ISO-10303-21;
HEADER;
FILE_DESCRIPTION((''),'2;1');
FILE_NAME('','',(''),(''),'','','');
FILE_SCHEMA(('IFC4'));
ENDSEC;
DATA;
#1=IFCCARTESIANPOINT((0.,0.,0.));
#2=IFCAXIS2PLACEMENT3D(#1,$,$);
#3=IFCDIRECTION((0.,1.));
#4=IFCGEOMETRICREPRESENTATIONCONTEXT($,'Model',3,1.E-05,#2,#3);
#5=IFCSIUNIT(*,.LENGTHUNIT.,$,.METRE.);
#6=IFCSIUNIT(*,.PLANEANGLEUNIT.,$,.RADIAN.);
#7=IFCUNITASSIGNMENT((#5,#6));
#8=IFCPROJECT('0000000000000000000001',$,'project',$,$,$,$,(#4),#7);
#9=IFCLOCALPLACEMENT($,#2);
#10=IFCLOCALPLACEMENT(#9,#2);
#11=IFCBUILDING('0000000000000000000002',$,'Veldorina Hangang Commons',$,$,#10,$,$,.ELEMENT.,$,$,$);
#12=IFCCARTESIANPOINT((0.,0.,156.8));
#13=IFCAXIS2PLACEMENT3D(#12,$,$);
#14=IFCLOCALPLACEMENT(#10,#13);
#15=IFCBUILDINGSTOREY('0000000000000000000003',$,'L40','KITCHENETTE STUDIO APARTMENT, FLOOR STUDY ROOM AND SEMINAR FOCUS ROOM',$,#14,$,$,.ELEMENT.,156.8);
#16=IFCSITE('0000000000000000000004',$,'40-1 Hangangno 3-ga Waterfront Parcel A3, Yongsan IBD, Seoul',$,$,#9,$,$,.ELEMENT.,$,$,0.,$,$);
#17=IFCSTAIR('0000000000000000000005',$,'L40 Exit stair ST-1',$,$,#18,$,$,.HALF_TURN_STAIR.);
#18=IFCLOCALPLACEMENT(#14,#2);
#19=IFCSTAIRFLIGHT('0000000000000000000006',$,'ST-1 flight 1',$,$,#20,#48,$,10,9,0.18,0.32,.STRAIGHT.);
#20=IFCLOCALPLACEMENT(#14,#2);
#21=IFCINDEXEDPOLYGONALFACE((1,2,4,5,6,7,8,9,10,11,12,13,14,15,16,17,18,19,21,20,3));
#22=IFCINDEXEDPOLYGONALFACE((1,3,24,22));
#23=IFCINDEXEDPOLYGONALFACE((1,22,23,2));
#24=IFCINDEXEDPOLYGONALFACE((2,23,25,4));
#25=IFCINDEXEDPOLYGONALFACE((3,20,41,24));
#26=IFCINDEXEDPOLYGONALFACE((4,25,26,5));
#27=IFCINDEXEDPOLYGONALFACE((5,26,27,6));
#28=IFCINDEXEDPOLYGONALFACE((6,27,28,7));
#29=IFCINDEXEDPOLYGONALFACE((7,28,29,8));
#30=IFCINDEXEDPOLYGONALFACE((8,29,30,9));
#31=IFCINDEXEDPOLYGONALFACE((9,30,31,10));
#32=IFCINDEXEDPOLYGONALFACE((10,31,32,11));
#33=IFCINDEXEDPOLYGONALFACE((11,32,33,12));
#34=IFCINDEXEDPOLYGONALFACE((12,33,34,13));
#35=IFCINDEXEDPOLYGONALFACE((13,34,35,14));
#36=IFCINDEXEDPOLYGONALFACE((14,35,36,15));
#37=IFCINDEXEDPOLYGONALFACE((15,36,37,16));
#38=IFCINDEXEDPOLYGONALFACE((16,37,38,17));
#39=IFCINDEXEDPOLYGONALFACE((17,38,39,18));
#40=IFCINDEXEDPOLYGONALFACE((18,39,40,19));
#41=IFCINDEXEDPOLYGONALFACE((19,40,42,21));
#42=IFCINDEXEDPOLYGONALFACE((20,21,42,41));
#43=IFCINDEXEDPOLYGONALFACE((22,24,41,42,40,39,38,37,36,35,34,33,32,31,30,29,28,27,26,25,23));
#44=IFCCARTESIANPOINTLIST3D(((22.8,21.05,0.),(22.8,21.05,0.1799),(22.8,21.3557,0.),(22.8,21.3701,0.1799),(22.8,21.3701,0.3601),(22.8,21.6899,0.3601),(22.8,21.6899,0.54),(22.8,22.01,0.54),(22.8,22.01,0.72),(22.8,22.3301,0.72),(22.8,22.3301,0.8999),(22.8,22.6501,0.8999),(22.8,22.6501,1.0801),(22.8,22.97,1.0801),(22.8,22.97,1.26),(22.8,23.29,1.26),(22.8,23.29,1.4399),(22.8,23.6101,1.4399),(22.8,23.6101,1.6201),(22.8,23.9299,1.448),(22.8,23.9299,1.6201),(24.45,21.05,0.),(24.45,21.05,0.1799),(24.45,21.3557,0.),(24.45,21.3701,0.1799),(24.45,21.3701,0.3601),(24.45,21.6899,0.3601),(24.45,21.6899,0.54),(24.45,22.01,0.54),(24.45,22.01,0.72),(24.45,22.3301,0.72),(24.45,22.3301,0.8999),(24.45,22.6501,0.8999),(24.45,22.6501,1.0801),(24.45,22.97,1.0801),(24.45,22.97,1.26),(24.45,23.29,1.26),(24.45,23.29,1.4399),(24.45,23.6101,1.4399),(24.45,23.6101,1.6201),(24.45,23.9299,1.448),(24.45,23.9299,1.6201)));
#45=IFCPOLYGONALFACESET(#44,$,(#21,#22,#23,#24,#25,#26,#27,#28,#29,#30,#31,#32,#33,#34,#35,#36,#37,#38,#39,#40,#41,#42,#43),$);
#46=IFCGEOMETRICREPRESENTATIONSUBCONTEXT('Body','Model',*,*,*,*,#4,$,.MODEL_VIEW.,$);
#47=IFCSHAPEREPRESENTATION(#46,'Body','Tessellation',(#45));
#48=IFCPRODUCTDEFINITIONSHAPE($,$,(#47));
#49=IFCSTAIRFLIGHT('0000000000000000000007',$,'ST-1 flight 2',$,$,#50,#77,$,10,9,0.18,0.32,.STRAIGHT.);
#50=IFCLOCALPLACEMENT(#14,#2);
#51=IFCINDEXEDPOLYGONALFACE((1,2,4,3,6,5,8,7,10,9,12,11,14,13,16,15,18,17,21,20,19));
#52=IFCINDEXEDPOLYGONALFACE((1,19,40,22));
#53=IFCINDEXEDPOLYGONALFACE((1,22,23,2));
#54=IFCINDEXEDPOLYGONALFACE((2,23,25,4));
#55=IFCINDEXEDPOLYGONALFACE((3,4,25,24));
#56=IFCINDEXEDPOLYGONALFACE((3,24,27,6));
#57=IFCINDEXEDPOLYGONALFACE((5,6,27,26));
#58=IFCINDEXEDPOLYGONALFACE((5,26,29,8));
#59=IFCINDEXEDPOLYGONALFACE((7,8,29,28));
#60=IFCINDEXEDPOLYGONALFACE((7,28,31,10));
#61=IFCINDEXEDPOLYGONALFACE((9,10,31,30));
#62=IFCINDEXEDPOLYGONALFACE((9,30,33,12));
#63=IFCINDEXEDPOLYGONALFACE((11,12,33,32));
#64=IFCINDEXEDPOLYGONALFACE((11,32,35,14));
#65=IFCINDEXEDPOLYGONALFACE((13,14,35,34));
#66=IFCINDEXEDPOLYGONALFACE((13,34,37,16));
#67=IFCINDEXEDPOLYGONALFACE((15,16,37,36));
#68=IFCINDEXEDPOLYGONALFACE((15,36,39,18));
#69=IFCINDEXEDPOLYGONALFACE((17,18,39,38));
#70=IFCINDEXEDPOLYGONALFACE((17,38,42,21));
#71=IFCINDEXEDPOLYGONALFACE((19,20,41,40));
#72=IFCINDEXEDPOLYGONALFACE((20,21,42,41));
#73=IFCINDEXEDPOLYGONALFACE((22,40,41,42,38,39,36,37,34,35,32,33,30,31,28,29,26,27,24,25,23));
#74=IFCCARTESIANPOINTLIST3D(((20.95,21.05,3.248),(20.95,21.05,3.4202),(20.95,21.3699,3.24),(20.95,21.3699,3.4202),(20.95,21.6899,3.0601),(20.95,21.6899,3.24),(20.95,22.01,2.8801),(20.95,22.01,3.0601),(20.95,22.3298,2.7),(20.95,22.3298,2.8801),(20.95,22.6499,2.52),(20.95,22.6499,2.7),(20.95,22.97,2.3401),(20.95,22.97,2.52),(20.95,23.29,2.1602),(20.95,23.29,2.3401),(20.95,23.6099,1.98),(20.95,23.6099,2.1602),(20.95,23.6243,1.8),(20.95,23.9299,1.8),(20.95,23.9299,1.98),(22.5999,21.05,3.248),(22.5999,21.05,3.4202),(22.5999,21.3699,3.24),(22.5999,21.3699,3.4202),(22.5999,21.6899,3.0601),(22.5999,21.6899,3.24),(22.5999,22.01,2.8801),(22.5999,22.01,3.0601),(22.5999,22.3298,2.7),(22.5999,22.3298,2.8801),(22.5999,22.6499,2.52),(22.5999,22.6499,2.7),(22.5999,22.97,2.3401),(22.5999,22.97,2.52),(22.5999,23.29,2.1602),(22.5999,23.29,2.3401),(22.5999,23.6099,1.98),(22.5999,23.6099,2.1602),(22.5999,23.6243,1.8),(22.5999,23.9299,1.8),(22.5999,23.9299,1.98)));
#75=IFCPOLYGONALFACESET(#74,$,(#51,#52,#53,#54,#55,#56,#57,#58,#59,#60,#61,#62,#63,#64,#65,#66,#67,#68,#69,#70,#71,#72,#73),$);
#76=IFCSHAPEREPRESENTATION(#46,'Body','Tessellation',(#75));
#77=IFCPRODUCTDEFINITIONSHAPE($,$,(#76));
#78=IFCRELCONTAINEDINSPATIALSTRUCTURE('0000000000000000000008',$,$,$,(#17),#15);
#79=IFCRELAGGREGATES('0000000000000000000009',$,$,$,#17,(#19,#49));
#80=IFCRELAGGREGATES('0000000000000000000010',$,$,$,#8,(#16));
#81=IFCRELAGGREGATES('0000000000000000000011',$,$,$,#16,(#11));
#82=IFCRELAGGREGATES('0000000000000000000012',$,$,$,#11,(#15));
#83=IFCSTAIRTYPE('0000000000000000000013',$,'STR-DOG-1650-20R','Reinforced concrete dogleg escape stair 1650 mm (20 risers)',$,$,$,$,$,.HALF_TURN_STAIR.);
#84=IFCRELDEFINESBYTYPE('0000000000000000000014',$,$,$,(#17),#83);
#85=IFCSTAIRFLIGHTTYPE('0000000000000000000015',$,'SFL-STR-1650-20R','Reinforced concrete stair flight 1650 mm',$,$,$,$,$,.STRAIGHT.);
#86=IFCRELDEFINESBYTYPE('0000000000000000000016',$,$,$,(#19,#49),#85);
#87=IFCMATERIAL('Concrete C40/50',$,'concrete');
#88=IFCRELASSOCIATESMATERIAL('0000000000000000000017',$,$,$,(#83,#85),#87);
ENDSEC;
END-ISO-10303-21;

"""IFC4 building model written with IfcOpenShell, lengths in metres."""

from ifc_helpers import new_model, si_unit, direction, frame, origin, place, context, subcontext, project, spatial, polyline, outline, extrude, material, type_object, element, aggregate, save


model = new_model("IFC4")

# Units and contexts
model_context = context("Model", 3, precision=1e-05, world=origin(), true_north=direction((0.0, 1.0)))
body_context = subcontext(model_context, "Body", "Model", "MODEL_VIEW")
ifc_project = project(units=[si_unit("LENGTHUNIT", "METRE"), si_unit("PLANEANGLEUNIT", "RADIAN")], contexts=[model_context])

# Site, building, storey
site_placement = place(None, origin())
site = spatial("IfcSite", under=ifc_project, at=site_placement, Name="40-1 Hangangno 3-ga Waterfront Parcel A3, Yongsan IBD, Seoul", CompositionType="ELEMENT", RefElevation=0.0)
building_placement = place(site_placement, origin())
building = spatial("IfcBuilding", under=site, at=building_placement, Name="Veldorina Hangang Commons", CompositionType="ELEMENT")
storey_placement = place(building_placement, frame((0.0, 0.0, 156.8)))
storey = spatial("IfcBuildingStorey", under=building, at=storey_placement, Name="L40", Description="KITCHENETTE STUDIO APARTMENT, FLOOR STUDY ROOM AND SEMINAR FOCUS ROOM", CompositionType="ELEMENT", Elevation=156.8)

# Stair, stair flights
ifc_material_1 = material(Name="Concrete C40/50", Category="concrete")
stair_type = type_object("IfcStairType", Name="STR-DOG-1650-20R", Description="Reinforced concrete dogleg escape stair 1650 mm (20 risers)", PredefinedType="HALF_TURN_STAIR", material=ifc_material_1)
stair_placement = place(storey_placement, origin())
stair = element("IfcStair", 1, at=stair_placement, inside=storey, type_object=stair_type, Name="L40 Exit stair ST-1", PredefinedType="HALF_TURN_STAIR")
stair_flight_type = type_object("IfcStairFlightType", Name="SFL-STR-1650-20R", Description="Reinforced concrete stair flight 1650 mm", PredefinedType="STRAIGHT", material=ifc_material_1)
stair_flight_1_placement = place(storey_placement, frame((23.625, 21.05, 0.0), z_axis=(0.0, 0.0, 1.0), x_axis=(0.0, 1.0, 0.0)))
stair_flight_1 = element("IfcStairFlight", 2, at=stair_flight_1_placement, type_object=stair_flight_type, Name="ST-1 flight 1", NumberOfRisers=10, NumberOfTreads=9, PredefinedType="STRAIGHT", RiserHeight=0.18, TreadLength=0.32, context=body_context, shape_type="SweptSolid", body=[
    extrude(outline(polyline([(0.0, 0.0), (0.0, 0.1799), (0.3201, 0.1799), (0.3201, 0.3601), (0.6399, 0.3601), (0.6399, 0.54), (0.96, 0.54), (0.96, 0.72), (1.28, 0.72), (1.28, 0.8999), (1.6001, 0.8999), (1.6001, 1.0801), (1.9199, 1.0801), (1.9199, 1.26), (2.24, 1.26), (2.24, 1.4399), (2.5601, 1.4399), (2.5601, 1.6201), (2.8799, 1.6201), (2.8799, 1.8), (2.8799, 1.448), (0.3057, 0.0), (0.0, 0.0)])), frame((0.0, 0.825, 0.0), z_axis=(0.0, -1.0, 0.0), x_axis=(1.0, 0.0, 0.0)), (0.0, 0.0, 1.0), 1.6499),
])
stair_flight_2_placement = place(storey_placement, frame((21.7749, 23.9299, 1.8), z_axis=(0.0, 0.0, 1.0), x_axis=(0.0, -1.0, 0.0)))
stair_flight_2 = element("IfcStairFlight", 3, at=stair_flight_2_placement, type_object=stair_flight_type, Name="ST-1 flight 2", NumberOfRisers=10, NumberOfTreads=9, PredefinedType="STRAIGHT", RiserHeight=0.18, TreadLength=0.32, context=body_context, shape_type="SweptSolid", body=[
    extrude(outline(polyline([(0.0, 0.0), (0.0, 0.1799), (0.3201, 0.1799), (0.3201, 0.3601), (0.6399, 0.3601), (0.6399, 0.54), (0.96, 0.54), (0.96, 0.72), (1.28, 0.72), (1.28, 0.8999), (1.6001, 0.8999), (1.6001, 1.0801), (1.9199, 1.0801), (1.9199, 1.26), (2.24, 1.26), (2.24, 1.4399), (2.5601, 1.4399), (2.5601, 1.6201), (2.8799, 1.6201), (2.8799, 1.8), (2.8799, 1.448), (0.3057, 0.0), (0.0, 0.0)])), frame((0.0, 0.825, 0.0), z_axis=(0.0, -1.0, 0.0), x_axis=(1.0, 0.0, 0.0)), (0.0, 0.0, 1.0), 1.6499),
])
aggregate(stair, [stair_flight_1, stair_flight_2])

save(model, "model.ifc")
